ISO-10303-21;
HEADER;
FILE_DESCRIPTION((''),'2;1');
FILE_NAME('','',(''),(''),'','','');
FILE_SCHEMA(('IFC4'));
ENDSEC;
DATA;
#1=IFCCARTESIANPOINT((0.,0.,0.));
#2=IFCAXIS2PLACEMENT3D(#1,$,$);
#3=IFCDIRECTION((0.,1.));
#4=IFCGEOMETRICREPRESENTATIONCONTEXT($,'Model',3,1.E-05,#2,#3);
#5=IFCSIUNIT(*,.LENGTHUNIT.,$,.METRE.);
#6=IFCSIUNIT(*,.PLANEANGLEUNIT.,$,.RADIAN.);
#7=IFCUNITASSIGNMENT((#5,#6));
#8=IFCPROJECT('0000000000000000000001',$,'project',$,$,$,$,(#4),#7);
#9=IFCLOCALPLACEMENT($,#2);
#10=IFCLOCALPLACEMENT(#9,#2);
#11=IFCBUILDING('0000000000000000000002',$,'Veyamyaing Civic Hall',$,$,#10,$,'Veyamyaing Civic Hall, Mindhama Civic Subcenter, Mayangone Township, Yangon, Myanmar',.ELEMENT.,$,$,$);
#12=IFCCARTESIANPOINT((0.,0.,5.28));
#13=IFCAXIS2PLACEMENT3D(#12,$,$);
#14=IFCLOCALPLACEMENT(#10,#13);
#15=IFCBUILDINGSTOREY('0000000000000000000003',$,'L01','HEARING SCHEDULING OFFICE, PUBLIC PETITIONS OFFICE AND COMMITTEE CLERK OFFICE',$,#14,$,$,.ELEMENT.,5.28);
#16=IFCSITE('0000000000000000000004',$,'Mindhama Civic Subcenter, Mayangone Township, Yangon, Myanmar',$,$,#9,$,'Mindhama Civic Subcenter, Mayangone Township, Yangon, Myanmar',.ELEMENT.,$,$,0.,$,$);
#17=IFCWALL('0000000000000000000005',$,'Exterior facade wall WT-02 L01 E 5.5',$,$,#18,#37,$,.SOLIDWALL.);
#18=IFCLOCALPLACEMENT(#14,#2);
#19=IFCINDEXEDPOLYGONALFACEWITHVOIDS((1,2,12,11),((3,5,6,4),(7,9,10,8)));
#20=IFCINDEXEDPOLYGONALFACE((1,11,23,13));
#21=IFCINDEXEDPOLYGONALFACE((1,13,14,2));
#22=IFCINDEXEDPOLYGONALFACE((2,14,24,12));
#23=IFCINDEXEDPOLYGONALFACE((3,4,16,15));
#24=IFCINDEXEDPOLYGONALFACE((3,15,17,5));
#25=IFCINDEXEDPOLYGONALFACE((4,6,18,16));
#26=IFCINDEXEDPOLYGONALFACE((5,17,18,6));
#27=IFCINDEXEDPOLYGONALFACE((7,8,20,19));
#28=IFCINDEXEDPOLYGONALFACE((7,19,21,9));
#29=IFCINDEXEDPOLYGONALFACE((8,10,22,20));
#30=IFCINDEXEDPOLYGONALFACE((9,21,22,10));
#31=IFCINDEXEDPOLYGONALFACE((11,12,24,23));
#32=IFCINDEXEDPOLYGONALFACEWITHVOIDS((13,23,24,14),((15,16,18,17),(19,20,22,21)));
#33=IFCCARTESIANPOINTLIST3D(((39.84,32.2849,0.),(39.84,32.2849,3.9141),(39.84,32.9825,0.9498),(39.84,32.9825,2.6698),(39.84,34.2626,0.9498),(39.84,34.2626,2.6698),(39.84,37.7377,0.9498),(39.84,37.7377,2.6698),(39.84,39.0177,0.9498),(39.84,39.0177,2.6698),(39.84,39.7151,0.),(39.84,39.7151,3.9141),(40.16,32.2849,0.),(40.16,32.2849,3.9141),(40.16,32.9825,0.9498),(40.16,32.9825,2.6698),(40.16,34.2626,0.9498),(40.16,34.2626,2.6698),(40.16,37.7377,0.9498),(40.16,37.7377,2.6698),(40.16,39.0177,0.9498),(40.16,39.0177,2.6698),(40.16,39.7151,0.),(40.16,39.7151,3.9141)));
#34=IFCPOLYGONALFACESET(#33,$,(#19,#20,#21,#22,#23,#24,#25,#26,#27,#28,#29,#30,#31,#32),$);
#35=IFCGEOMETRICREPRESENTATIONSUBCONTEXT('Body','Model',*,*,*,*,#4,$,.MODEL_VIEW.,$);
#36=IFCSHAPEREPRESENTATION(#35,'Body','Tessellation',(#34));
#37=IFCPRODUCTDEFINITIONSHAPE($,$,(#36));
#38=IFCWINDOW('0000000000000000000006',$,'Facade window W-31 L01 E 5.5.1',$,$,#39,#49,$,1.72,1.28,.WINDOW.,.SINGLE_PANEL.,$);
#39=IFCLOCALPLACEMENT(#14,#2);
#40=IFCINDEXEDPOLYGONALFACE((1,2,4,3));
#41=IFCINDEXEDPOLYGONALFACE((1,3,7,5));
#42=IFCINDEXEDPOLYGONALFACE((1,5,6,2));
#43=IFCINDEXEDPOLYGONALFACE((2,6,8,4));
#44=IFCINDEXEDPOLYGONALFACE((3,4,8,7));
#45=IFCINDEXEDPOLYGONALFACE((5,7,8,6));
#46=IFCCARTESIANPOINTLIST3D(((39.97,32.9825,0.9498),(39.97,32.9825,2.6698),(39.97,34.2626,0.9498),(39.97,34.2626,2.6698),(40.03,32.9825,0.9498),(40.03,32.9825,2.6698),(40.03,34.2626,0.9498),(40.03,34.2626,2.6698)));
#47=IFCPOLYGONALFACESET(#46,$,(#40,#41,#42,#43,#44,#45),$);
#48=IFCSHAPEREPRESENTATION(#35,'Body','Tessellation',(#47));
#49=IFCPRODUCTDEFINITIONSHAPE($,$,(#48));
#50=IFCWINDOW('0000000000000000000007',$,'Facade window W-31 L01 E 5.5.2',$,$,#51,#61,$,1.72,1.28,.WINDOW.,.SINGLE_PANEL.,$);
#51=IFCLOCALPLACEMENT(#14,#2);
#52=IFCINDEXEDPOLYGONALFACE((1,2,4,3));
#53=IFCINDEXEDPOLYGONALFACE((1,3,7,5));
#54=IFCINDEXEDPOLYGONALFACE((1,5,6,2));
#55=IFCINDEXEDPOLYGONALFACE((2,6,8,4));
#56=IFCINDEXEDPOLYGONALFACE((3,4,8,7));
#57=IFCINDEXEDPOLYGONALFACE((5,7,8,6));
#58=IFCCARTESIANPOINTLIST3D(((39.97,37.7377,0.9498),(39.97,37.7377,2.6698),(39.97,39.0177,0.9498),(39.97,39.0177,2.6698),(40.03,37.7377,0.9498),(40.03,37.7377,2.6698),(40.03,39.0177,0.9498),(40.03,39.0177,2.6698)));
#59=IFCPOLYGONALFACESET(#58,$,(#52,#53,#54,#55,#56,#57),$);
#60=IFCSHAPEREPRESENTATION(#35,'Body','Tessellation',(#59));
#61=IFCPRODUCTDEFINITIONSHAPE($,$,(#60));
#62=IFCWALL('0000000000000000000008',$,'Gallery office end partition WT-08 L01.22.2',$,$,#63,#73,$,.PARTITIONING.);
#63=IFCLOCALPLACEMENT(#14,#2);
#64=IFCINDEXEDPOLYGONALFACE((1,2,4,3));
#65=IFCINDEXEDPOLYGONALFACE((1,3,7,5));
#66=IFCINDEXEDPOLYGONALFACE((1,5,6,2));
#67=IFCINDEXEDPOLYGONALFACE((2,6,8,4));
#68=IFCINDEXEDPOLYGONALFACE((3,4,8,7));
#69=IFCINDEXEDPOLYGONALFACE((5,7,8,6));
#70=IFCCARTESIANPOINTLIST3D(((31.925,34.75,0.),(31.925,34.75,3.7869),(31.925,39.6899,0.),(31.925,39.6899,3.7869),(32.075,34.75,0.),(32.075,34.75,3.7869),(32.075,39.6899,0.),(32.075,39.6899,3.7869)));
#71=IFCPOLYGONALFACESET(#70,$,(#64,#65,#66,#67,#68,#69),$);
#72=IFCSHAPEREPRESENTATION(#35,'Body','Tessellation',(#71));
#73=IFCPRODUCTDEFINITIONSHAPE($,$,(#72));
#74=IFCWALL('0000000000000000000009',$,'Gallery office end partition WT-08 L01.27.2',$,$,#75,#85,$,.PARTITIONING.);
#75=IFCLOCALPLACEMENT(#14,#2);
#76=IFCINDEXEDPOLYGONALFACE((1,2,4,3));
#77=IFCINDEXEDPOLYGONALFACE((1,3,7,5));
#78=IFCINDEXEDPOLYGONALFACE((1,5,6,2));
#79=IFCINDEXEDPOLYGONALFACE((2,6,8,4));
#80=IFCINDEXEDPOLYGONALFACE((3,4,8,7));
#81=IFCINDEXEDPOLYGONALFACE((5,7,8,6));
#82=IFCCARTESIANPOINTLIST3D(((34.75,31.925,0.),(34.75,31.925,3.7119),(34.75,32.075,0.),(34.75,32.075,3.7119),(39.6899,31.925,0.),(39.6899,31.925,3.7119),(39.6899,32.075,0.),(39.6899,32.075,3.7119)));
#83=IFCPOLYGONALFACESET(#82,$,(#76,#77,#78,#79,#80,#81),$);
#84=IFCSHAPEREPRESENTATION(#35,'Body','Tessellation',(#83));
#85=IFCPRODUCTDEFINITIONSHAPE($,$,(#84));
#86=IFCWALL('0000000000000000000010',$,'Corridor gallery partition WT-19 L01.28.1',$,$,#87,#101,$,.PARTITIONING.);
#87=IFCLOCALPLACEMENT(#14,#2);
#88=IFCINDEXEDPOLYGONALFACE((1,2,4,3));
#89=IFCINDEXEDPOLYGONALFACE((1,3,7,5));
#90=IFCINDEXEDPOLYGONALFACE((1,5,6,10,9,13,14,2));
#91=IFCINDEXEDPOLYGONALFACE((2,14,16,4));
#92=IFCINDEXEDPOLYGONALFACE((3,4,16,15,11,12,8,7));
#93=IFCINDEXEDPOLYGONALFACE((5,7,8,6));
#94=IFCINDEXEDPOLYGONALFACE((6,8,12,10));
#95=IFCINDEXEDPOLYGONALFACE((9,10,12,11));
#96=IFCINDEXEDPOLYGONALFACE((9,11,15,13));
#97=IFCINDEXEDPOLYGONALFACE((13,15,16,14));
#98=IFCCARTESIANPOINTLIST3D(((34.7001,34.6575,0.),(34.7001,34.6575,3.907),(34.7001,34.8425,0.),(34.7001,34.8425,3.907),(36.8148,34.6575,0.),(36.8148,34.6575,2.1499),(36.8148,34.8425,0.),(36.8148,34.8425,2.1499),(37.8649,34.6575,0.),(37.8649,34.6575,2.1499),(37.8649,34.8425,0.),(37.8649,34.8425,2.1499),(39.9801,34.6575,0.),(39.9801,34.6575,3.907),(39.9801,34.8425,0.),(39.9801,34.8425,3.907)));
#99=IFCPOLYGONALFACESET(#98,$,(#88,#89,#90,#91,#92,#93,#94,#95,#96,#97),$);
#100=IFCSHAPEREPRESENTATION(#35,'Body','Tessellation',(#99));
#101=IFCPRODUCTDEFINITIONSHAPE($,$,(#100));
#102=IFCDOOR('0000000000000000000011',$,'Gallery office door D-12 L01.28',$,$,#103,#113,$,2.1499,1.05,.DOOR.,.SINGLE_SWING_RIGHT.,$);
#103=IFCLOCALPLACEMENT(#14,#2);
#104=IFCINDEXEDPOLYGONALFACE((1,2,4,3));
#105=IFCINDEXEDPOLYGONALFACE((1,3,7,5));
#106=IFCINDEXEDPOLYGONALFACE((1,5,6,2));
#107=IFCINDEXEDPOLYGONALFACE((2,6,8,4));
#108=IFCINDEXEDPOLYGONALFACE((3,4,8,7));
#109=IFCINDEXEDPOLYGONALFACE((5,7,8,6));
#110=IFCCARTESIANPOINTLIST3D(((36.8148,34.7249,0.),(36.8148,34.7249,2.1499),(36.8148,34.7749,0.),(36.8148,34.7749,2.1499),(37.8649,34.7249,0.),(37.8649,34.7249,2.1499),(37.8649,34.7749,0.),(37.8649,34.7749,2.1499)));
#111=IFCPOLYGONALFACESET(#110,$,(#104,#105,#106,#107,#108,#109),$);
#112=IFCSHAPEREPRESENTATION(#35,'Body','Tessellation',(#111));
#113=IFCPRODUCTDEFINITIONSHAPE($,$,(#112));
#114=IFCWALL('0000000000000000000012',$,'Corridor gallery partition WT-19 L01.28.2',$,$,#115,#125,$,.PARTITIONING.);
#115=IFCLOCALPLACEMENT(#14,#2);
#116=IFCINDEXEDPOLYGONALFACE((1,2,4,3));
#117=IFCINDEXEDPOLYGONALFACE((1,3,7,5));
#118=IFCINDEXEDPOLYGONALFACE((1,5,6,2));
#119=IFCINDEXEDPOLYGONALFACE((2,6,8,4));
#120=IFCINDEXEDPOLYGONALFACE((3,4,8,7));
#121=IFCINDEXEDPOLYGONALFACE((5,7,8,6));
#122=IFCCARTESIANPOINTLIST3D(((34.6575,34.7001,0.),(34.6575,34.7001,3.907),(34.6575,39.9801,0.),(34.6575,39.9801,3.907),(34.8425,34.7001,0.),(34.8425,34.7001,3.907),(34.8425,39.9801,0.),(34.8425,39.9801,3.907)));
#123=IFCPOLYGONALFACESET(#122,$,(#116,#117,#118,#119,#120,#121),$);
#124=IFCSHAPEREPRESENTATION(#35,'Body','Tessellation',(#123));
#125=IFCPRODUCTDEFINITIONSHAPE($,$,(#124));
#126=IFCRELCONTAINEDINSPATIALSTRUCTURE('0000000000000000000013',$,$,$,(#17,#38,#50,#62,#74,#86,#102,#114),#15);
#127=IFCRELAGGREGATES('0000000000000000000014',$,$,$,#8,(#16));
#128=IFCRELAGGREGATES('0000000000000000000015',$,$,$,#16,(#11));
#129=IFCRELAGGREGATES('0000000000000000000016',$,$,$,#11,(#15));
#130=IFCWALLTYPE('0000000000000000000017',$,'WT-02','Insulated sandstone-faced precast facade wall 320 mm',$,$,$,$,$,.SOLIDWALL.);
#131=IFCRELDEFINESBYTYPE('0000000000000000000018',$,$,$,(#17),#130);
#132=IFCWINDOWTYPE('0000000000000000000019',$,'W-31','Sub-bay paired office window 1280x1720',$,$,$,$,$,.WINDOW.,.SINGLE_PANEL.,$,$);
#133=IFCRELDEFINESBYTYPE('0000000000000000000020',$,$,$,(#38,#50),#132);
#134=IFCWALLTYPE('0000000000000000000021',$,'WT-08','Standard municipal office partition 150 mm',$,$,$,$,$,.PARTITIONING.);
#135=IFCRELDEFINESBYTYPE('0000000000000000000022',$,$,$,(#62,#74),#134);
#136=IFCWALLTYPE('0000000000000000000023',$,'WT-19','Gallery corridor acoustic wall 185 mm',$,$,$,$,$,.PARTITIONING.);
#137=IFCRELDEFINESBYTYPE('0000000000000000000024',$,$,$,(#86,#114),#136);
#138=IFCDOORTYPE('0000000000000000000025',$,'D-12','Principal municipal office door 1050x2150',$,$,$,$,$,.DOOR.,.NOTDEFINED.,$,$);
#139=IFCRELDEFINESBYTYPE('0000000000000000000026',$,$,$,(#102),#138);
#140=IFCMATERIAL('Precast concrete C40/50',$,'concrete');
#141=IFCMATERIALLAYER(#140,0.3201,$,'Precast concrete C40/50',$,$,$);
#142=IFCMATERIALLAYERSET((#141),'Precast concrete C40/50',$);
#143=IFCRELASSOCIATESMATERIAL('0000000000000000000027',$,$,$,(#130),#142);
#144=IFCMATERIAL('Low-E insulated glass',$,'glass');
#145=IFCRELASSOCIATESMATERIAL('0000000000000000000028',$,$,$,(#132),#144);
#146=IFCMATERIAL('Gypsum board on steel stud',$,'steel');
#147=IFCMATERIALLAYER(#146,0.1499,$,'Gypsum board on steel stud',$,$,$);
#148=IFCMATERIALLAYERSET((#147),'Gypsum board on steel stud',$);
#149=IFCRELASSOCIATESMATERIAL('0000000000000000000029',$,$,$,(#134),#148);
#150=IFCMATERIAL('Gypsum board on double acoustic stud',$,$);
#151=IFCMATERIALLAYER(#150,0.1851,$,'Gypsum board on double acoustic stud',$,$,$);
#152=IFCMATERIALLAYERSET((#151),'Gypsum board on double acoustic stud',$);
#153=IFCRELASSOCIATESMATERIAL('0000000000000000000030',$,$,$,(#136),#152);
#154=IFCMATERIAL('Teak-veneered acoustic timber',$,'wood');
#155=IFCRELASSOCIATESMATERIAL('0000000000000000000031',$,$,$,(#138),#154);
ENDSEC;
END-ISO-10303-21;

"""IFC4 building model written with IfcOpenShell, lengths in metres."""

from ifc_helpers import new_model, si_unit, direction, frame, frame_2d, origin, place, context, subcontext, project, spatial, rectangle, extrude, material, layer, layer_set, type_object, element, fill, save


model = new_model("IFC4")

# Units and contexts
model_context = context("Model", 3, precision=1e-05, world=origin(), true_north=direction((0.0, 1.0)))
body_context = subcontext(model_context, "Body", "Model", "MODEL_VIEW")
ifc_project = project(units=[si_unit("LENGTHUNIT", "METRE"), si_unit("PLANEANGLEUNIT", "RADIAN")], contexts=[model_context])

# Site, building, storey
site_placement = place(None, origin())
site = spatial("IfcSite", under=ifc_project, at=site_placement, Name="Mindhama Civic Subcenter, Mayangone Township, Yangon, Myanmar", LongName="Mindhama Civic Subcenter, Mayangone Township, Yangon, Myanmar", CompositionType="ELEMENT", RefElevation=0.0)
building_placement = place(site_placement, origin())
building = spatial("IfcBuilding", under=site, at=building_placement, Name="Veyamyaing Civic Hall", LongName="Veyamyaing Civic Hall, Mindhama Civic Subcenter, Mayangone Township, Yangon, Myanmar", CompositionType="ELEMENT")
storey_placement = place(building_placement, frame((0.0, 0.0, 5.28)))
storey = spatial("IfcBuildingStorey", under=building, at=storey_placement, Name="L01", Description="HEARING SCHEDULING OFFICE, PUBLIC PETITIONS OFFICE AND COMMITTEE CLERK OFFICE", CompositionType="ELEMENT", Elevation=5.28)

# Shared definitions
ifc_material_1 = material(Name="Low-E insulated glass", Category="glass")

# Wall, openings, windows
ifc_material_2 = material(Name="Precast concrete C40/50", Category="concrete")
ifc_layer_1 = layer(ifc_material_2, 0.3201, Name="Precast concrete C40/50")
ifc_layer_set_1 = layer_set([ifc_layer_1], Name="Precast concrete C40/50")
wall_type_1 = type_object("IfcWallType", Name="WT-02", Description="Insulated sandstone-faced precast facade wall 320 mm", PredefinedType="SOLIDWALL", material=ifc_layer_set_1)
wall_1_placement = place(storey_placement, frame((40.0, 32.2849, 0.0), z_axis=(0.0, 0.0, 1.0), x_axis=(0.0, 1.0, 0.0)))
wall_1 = element("IfcWall", 1, at=wall_1_placement, inside=storey, type_object=wall_type_1, Name="Exterior facade wall WT-02 L01 E 5.5", PredefinedType="SOLIDWALL", context=body_context, shape_type="SweptSolid", body=[
    extrude(rectangle(XDim=7.4302, YDim=0.3201, at=frame_2d((3.7151, 0.0))), origin(), (0.0, 0.0, 1.0), 3.9141),
])
opening_1_placement = place(wall_1_placement, frame((0.6975, 0.0, 0.95)))
opening_1 = element("IfcOpeningElement", 2, at=opening_1_placement, cuts=wall_1, PredefinedType="OPENING", context=body_context, shape_type="SweptSolid", body=[
    extrude(rectangle(XDim=1.28, YDim=1.72, at=frame_2d((0.6401, 0.8599))), frame((0.0, 0.1699, 0.0), z_axis=(0.0, -1.0, 0.0), x_axis=(1.0, 0.0, 0.0)), (0.0, 0.0, 1.0), 0.3401),
])
opening_2_placement = place(wall_1_placement, frame((5.4526, 0.0, 0.95)))
opening_2 = element("IfcOpeningElement", 3, at=opening_2_placement, cuts=wall_1, PredefinedType="OPENING", context=body_context, shape_type="SweptSolid", body=[
    extrude(rectangle(XDim=1.28, YDim=1.72, at=frame_2d((0.6401, 0.8599))), frame((0.0, 0.1699, 0.0), z_axis=(0.0, -1.0, 0.0), x_axis=(1.0, 0.0, 0.0)), (0.0, 0.0, 1.0), 0.3401),
])
window_type = type_object("IfcWindowType", Name="W-31", Description="Sub-bay paired office window 1280x1720", PartitioningType="SINGLE_PANEL", PredefinedType="WINDOW", material=ifc_material_1)
window_1_placement = place(opening_1_placement, origin())
window_1 = element("IfcWindow", 4, at=window_1_placement, inside=storey, type_object=window_type, Name="Facade window W-31 L01 E 5.5.1", OverallHeight=1.72, OverallWidth=1.28, PartitioningType="SINGLE_PANEL", PredefinedType="WINDOW", context=body_context, shape_type="SweptSolid", body=[
    extrude(rectangle(XDim=1.28, YDim=1.72, at=frame_2d((0.6401, 0.8599))), frame((0.0, 0.03, 0.0), z_axis=(0.0, -1.0, 0.0), x_axis=(1.0, 0.0, 0.0)), (0.0, 0.0, 1.0), 0.0601),
])
fill(opening_1, window_1)
window_2_placement = place(opening_2_placement, origin())
window_2 = element("IfcWindow", 5, at=window_2_placement, inside=storey, type_object=window_type, Name="Facade window W-31 L01 E 5.5.2", OverallHeight=1.72, OverallWidth=1.28, PartitioningType="SINGLE_PANEL", PredefinedType="WINDOW", context=body_context, shape_type="SweptSolid", body=[
    extrude(rectangle(XDim=1.28, YDim=1.72, at=frame_2d((0.6401, 0.8599))), frame((0.0, 0.03, 0.0), z_axis=(0.0, -1.0, 0.0), x_axis=(1.0, 0.0, 0.0)), (0.0, 0.0, 1.0), 0.0601),
])
fill(opening_2, window_2)

# Walls
ifc_material_3 = material(Name="Gypsum board on steel stud", Category="steel")
ifc_layer_2 = layer(ifc_material_3, 0.1499, Name="Gypsum board on steel stud")
ifc_layer_set_2 = layer_set([ifc_layer_2], Name="Gypsum board on steel stud")
wall_type_2 = type_object("IfcWallType", Name="WT-08", Description="Standard municipal office partition 150 mm", PredefinedType="PARTITIONING", material=ifc_layer_set_2)
wall_2_placement = place(storey_placement, frame((32.0, 34.75, 0.0), z_axis=(0.0, 0.0, 1.0), x_axis=(0.0, 1.0, 0.0)))
element("IfcWall", 6, at=wall_2_placement, inside=storey, type_object=wall_type_2, Name="Gallery office end partition WT-08 L01.22.2", PredefinedType="PARTITIONING", context=body_context, shape_type="SweptSolid", body=[
    extrude(rectangle(XDim=4.9399, YDim=0.1499, at=frame_2d((2.47, 0.0))), origin(), (0.0, 0.0, 1.0), 3.7869),
])
wall_3_placement = place(storey_placement, frame((34.75, 32.0, 0.0), z_axis=(0.0, 0.0, 1.0), x_axis=(1.0, 0.0, 0.0)))
element("IfcWall", 7, at=wall_3_placement, inside=storey, type_object=wall_type_2, Name="Gallery office end partition WT-08 L01.27.2", PredefinedType="PARTITIONING", context=body_context, shape_type="SweptSolid", body=[
    extrude(rectangle(XDim=4.9399, YDim=0.1499, at=frame_2d((2.47, 0.0))), origin(), (0.0, 0.0, 1.0), 3.7119),
])

# Wall, opening, door
ifc_material_4 = material(Name="Gypsum board on double acoustic stud")
ifc_layer_3 = layer(ifc_material_4, 0.1851, Name="Gypsum board on double acoustic stud")
ifc_layer_set_3 = layer_set([ifc_layer_3], Name="Gypsum board on double acoustic stud")
wall_type_3 = type_object("IfcWallType", Name="WT-19", Description="Gallery corridor acoustic wall 185 mm", PredefinedType="PARTITIONING", material=ifc_layer_set_3)
wall_4_placement = place(storey_placement, frame((34.7, 34.75, 0.0), z_axis=(0.0, 0.0, 1.0), x_axis=(1.0, 0.0, 0.0)))
wall_4 = element("IfcWall", 8, at=wall_4_placement, inside=storey, type_object=wall_type_3, Name="Corridor gallery partition WT-19 L01.28.1", PredefinedType="PARTITIONING", context=body_context, shape_type="SweptSolid", body=[
    extrude(rectangle(XDim=5.28, YDim=0.1851, at=frame_2d((2.6401, 0.0))), origin(), (0.0, 0.0, 1.0), 3.907),
])
opening_3_placement = place(wall_4_placement, frame((2.115, 0.0, 0.0)))
opening_3 = element("IfcOpeningElement", 9, at=opening_3_placement, cuts=wall_4, PredefinedType="OPENING", context=body_context, shape_type="SweptSolid", body=[
    extrude(rectangle(XDim=1.05, YDim=2.1499, at=frame_2d((0.5249, 1.075))), frame((0.0, 0.1025, 0.0), z_axis=(0.0, -1.0, 0.0), x_axis=(1.0, 0.0, 0.0)), (0.0, 0.0, 1.0), 0.2051),
])
ifc_material_5 = material(Name="Teak-veneered acoustic timber", Category="wood")
door_type = type_object("IfcDoorType", Name="D-12", Description="Principal municipal office door 1050x2150", OperationType="NOTDEFINED", PredefinedType="DOOR", material=ifc_material_5)
door_placement = place(opening_3_placement, origin())
door = element("IfcDoor", 10, at=door_placement, inside=storey, type_object=door_type, Name="Gallery office door D-12 L01.28", OperationType="SINGLE_SWING_RIGHT", OverallHeight=2.1499, OverallWidth=1.05, PredefinedType="DOOR", context=body_context, shape_type="SweptSolid", body=[
    extrude(rectangle(XDim=1.05, YDim=2.1499, at=frame_2d((0.5249, 1.075))), frame((0.0, 0.0249, 0.0), z_axis=(0.0, -1.0, 0.0), x_axis=(1.0, 0.0, 0.0)), (0.0, 0.0, 1.0), 0.05),
])
fill(opening_3, door)

# Wall
wall_5_placement = place(storey_placement, frame((34.75, 34.7, 0.0), z_axis=(0.0, 0.0, 1.0), x_axis=(0.0, 1.0, 0.0)))
element("IfcWall", 11, at=wall_5_placement, inside=storey, type_object=wall_type_3, Name="Corridor gallery partition WT-19 L01.28.2", PredefinedType="PARTITIONING", context=body_context, shape_type="SweptSolid", body=[
    extrude(rectangle(XDim=5.28, YDim=0.1851, at=frame_2d((2.6401, 0.0))), origin(), (0.0, 0.0, 1.0), 3.907),
])

save(model, "model.ifc")
